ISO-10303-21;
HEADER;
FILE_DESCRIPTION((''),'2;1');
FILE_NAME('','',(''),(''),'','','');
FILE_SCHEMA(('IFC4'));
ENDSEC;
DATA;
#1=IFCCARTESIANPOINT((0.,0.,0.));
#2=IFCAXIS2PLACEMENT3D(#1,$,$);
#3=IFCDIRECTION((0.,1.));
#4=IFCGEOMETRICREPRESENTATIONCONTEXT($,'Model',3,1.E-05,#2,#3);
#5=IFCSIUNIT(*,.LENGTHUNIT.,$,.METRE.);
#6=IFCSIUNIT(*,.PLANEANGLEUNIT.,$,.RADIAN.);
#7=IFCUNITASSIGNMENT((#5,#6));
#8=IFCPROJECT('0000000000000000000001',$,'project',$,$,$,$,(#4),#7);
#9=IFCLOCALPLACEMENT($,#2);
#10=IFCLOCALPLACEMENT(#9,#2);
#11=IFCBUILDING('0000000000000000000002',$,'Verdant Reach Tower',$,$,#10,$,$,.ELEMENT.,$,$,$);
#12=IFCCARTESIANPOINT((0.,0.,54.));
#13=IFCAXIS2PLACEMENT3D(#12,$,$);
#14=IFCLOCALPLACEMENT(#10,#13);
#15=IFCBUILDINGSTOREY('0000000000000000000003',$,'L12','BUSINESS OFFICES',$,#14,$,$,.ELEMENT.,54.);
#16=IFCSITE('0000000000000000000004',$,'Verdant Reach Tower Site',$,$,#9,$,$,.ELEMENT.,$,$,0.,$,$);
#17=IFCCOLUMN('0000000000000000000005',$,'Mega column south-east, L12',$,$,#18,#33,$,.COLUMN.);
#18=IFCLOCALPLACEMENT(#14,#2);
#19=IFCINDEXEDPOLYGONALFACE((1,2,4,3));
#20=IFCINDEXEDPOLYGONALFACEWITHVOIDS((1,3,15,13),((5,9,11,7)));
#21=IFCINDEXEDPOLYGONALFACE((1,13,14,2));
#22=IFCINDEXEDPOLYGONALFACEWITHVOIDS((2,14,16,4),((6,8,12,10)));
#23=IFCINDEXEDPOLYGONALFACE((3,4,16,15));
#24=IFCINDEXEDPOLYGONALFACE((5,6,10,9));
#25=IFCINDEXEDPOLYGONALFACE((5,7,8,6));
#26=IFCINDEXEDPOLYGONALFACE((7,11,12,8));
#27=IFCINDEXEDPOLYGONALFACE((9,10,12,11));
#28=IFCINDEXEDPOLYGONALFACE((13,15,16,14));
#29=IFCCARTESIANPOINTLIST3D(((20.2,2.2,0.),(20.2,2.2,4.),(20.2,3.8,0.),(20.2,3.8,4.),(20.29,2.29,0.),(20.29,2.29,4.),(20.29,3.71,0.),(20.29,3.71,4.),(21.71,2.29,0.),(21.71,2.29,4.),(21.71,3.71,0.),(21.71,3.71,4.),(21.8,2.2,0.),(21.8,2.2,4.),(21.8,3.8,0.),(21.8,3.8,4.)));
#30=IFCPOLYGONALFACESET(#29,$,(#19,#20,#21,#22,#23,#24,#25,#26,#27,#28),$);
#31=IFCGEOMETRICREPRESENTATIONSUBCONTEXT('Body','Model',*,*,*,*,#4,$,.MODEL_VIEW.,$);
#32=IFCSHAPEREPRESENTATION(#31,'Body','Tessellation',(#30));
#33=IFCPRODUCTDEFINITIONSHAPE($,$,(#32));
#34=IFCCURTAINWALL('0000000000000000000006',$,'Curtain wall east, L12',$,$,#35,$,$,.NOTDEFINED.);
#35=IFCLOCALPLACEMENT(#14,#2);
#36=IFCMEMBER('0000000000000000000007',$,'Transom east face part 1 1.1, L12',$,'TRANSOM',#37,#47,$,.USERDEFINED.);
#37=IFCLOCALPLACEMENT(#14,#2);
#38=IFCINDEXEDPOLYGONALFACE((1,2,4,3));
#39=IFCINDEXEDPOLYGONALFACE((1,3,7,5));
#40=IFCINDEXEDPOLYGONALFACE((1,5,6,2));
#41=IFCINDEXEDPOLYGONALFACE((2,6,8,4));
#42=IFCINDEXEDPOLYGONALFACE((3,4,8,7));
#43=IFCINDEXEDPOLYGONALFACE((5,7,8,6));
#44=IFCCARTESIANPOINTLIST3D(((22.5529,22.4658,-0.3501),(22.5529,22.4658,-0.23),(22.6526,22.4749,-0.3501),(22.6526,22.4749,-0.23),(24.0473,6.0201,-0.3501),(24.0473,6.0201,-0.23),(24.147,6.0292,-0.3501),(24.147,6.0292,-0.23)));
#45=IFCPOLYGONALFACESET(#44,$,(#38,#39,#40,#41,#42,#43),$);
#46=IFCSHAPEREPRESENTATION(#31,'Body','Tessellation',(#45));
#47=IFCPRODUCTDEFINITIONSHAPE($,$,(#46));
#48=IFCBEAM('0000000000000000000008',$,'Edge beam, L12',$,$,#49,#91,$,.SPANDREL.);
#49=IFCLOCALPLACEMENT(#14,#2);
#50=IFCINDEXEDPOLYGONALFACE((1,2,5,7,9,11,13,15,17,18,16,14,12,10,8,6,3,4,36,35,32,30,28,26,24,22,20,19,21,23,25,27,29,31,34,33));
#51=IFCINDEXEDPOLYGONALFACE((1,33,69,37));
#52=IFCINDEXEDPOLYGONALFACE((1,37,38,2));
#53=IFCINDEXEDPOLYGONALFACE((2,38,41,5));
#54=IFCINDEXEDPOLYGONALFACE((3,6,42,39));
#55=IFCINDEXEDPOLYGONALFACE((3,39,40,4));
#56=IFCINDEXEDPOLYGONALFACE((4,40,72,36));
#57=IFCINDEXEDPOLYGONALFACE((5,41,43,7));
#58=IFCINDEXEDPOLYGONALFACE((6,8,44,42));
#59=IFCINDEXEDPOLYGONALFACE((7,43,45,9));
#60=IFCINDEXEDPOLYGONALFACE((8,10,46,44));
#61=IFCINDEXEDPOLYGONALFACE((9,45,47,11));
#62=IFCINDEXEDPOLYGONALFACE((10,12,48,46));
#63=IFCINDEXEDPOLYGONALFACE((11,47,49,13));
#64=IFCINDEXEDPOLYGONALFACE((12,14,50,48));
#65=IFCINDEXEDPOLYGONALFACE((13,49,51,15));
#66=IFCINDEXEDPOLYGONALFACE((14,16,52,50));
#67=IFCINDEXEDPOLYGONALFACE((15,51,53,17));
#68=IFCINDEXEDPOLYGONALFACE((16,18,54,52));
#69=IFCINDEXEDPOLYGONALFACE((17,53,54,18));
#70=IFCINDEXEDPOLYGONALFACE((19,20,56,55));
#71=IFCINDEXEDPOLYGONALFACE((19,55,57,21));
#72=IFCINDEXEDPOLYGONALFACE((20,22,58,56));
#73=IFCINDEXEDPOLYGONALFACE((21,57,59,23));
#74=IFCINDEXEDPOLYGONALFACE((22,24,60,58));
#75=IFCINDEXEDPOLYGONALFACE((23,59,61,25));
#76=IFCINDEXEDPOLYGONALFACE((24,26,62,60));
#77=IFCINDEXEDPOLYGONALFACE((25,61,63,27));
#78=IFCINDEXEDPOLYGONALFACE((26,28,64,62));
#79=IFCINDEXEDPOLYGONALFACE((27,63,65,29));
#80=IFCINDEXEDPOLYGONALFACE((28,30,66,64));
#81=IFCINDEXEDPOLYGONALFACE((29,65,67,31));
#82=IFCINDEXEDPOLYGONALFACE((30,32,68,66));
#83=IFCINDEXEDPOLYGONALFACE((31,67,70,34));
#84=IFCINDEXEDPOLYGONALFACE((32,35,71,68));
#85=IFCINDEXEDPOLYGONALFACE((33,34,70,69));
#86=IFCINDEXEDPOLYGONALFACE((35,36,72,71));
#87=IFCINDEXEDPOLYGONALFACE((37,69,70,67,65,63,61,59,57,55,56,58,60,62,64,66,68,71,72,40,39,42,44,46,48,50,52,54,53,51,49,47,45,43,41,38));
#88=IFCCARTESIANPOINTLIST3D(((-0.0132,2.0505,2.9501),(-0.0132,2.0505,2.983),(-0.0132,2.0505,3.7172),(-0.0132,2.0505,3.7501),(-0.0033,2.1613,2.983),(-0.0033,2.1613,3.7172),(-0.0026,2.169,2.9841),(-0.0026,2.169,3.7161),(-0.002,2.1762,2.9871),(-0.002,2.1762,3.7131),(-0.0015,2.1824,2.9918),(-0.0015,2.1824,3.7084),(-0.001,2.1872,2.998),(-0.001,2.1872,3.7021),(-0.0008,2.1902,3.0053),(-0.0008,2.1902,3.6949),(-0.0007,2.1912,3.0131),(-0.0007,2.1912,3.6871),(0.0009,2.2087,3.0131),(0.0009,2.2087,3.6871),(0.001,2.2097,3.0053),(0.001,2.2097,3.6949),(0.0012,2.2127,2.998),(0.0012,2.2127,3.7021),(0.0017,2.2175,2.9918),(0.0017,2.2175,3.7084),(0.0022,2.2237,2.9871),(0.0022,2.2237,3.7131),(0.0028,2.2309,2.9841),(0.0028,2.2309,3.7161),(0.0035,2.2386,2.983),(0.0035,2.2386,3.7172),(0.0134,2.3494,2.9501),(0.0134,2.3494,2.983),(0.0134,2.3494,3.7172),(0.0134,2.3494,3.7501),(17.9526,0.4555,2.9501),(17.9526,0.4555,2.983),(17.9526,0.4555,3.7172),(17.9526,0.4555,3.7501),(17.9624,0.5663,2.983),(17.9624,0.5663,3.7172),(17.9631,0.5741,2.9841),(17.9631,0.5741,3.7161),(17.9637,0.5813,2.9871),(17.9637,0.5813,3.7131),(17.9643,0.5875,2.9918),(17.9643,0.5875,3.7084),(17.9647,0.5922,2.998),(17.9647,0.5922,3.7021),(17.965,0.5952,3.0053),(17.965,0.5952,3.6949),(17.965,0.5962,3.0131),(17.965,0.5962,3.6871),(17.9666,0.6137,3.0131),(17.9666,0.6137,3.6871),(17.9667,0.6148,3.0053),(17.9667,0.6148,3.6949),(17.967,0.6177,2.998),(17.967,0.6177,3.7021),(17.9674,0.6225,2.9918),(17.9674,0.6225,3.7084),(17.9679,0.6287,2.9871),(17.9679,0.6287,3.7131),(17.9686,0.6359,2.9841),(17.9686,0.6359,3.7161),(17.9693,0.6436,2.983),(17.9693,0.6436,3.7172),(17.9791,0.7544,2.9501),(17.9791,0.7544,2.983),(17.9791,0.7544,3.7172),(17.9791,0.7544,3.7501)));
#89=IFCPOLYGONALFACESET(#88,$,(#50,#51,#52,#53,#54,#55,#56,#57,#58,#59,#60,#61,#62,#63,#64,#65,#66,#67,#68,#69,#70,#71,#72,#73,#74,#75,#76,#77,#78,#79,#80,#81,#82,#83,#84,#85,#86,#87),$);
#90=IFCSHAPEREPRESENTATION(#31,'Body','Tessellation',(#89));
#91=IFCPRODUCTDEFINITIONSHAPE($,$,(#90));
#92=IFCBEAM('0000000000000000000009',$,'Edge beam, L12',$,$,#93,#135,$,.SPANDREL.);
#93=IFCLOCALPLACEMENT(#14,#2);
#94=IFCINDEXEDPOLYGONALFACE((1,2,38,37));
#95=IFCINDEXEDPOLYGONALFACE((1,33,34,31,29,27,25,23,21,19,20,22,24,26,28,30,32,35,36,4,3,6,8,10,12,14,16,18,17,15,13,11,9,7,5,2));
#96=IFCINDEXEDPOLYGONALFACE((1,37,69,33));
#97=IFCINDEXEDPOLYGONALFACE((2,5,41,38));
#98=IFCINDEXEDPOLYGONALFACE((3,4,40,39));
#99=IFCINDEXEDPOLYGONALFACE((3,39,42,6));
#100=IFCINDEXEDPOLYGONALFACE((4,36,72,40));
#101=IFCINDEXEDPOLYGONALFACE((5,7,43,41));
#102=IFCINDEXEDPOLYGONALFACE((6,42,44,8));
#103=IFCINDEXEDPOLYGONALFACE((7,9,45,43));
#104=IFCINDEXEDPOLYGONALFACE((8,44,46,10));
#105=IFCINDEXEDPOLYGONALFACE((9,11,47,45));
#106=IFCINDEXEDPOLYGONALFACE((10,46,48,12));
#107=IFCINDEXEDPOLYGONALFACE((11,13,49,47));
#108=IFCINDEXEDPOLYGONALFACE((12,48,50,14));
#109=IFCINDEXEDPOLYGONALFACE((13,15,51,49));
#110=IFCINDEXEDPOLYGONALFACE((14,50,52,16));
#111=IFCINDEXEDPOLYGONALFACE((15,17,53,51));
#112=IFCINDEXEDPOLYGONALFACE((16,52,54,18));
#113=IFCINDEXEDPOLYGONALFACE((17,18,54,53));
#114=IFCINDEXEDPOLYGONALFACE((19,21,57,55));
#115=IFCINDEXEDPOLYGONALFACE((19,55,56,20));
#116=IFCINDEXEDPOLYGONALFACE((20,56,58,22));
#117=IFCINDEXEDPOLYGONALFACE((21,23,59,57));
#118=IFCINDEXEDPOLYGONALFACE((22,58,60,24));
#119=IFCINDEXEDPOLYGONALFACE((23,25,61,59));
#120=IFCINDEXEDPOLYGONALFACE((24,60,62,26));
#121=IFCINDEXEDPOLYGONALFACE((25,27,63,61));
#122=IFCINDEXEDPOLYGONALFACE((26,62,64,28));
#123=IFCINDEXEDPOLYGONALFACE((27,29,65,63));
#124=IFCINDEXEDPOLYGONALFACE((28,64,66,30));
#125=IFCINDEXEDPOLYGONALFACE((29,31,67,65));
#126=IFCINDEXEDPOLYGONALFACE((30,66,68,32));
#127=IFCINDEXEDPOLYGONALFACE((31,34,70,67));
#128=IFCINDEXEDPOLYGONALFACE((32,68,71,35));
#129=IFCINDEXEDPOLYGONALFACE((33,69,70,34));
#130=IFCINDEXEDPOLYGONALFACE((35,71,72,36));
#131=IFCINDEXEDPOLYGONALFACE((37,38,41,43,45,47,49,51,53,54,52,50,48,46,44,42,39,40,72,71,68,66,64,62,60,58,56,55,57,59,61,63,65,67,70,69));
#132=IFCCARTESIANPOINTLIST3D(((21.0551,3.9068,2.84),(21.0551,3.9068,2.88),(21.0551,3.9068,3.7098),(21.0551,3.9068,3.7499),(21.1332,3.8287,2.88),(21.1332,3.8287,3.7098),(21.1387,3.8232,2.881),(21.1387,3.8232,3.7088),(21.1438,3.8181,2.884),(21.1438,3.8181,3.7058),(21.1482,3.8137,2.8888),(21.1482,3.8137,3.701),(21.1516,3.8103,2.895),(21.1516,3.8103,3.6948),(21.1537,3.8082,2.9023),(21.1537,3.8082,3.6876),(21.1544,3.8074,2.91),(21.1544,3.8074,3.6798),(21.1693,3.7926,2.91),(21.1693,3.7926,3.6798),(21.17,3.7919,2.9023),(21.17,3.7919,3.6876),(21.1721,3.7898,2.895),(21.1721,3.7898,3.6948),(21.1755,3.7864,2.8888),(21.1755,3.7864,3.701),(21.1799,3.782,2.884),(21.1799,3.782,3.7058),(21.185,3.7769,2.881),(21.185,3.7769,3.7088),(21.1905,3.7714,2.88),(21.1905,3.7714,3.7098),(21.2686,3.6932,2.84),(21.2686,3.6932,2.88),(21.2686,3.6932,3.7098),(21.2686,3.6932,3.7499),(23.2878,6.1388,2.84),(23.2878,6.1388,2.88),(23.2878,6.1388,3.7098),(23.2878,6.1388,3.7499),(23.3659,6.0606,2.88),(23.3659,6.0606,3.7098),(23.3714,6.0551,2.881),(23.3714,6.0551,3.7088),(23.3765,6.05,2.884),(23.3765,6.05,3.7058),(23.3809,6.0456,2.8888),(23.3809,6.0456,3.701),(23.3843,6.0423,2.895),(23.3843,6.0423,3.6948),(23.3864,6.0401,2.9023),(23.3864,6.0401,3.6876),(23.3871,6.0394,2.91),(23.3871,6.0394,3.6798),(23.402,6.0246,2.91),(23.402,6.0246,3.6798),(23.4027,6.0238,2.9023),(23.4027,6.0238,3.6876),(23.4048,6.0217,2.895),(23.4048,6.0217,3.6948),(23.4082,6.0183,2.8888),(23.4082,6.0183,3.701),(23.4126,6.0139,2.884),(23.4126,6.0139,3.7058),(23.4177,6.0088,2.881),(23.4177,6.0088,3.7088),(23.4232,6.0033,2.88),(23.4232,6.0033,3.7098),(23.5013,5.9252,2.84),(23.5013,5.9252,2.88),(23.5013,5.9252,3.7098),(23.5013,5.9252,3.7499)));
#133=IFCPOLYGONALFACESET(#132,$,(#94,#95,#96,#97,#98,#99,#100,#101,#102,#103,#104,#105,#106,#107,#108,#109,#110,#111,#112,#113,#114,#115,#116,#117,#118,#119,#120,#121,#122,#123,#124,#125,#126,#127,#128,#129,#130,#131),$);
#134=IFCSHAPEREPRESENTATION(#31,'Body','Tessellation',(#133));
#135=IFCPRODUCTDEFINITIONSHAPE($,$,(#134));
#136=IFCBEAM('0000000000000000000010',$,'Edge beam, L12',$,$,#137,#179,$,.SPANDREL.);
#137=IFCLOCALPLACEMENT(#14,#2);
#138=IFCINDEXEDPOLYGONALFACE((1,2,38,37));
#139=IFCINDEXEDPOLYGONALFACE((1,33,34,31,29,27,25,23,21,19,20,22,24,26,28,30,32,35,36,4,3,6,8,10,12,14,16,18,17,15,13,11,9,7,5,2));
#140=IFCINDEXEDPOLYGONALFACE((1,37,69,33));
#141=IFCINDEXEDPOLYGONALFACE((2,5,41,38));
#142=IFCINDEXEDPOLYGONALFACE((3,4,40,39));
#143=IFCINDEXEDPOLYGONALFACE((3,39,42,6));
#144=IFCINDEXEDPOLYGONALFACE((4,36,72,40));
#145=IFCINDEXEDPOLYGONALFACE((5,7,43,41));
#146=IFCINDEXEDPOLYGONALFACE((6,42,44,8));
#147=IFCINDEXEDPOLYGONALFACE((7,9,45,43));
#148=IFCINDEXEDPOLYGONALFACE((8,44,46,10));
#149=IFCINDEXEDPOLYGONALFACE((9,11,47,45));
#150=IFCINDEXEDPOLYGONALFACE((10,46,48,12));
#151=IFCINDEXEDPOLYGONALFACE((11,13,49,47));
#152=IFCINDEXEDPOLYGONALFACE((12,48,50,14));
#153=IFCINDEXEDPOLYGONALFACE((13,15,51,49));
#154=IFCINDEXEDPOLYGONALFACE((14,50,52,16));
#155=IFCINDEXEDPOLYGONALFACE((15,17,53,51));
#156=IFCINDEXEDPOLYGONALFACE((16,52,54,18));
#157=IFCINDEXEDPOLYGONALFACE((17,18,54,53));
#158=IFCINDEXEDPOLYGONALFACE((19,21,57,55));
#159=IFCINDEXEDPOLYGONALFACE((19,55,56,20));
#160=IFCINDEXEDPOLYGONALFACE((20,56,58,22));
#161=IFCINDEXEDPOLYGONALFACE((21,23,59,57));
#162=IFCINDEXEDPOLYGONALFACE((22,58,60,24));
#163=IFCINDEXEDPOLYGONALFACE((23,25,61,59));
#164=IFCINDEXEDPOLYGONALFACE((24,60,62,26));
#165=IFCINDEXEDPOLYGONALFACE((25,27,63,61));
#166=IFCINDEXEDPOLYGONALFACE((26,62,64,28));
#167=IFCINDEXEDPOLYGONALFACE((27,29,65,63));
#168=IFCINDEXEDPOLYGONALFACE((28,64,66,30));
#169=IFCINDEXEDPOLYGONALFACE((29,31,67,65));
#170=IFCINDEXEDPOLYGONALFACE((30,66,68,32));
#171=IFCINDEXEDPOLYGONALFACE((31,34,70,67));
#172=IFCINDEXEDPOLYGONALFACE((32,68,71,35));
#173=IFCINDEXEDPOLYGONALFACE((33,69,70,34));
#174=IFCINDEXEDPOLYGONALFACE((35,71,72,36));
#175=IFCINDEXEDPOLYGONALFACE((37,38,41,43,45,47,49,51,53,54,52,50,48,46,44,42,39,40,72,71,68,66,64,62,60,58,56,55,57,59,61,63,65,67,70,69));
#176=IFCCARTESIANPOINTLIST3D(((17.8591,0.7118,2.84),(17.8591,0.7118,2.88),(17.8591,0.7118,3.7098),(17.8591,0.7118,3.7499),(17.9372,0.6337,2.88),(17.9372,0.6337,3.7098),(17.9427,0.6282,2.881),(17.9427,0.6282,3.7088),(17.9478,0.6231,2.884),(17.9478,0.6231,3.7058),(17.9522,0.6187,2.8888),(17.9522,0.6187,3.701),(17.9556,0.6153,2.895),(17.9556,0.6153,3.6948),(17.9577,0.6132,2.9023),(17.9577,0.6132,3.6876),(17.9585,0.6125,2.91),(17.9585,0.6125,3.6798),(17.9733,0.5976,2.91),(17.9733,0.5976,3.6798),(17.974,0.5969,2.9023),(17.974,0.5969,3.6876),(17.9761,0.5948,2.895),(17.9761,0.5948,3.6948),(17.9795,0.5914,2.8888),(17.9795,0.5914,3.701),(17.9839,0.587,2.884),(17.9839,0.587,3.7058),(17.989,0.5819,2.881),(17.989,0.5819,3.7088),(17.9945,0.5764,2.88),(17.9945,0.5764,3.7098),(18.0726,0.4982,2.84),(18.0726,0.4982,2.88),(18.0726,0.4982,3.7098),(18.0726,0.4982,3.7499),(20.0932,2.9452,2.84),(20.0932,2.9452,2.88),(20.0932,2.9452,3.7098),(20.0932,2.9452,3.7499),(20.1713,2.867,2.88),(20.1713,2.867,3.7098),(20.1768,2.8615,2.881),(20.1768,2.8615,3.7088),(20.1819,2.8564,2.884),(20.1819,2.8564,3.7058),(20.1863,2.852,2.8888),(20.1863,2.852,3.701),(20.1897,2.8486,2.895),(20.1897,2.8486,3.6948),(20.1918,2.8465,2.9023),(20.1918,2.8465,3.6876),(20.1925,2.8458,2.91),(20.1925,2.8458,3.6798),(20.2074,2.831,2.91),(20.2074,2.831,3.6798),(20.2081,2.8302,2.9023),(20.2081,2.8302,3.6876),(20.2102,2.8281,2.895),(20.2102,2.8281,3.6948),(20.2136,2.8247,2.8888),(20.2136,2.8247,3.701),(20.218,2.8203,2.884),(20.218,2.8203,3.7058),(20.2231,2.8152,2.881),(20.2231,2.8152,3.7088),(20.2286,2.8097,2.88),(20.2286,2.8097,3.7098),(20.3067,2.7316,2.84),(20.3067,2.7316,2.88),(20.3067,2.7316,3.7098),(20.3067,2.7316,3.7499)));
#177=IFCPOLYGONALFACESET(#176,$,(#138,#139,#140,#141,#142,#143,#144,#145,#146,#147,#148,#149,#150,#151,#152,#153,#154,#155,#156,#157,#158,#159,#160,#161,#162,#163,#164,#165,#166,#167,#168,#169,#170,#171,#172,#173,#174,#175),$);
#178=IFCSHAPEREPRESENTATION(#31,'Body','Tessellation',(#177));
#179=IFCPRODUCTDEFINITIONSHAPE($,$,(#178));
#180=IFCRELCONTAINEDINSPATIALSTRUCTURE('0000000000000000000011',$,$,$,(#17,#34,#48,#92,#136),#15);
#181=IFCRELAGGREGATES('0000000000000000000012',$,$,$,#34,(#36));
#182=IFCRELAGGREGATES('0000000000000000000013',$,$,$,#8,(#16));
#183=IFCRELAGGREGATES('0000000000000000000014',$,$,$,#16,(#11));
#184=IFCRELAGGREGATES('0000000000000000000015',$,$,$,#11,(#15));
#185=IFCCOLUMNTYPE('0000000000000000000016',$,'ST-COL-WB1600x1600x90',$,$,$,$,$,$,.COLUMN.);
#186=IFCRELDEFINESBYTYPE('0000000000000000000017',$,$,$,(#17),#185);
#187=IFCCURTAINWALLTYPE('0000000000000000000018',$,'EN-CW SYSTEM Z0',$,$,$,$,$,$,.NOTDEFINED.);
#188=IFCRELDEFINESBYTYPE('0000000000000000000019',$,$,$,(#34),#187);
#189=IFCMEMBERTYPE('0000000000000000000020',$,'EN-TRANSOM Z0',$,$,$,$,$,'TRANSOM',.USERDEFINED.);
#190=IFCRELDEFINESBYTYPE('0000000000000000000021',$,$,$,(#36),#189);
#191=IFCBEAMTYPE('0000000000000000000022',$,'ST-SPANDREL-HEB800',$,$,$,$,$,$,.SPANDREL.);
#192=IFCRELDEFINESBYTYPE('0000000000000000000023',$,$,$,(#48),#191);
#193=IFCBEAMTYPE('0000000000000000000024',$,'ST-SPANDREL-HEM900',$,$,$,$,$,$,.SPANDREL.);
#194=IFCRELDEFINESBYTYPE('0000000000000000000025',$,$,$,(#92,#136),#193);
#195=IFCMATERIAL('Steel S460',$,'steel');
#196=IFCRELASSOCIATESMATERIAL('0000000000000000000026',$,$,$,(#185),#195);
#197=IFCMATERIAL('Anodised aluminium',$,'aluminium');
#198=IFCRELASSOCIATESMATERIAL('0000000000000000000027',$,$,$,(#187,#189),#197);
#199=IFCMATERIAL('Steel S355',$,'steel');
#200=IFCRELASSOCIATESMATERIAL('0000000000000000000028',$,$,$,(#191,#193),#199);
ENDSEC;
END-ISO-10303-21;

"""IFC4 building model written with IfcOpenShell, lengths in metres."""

from ifc_helpers import new_model, si_unit, direction, frame, origin, origin_2d, place, context, subcontext, project, spatial, rectangle, hollow_rectangle, i_section, extrude, material, material_profile, profile_set, type_object, element, aggregate, save


model = new_model("IFC4")

# Units and contexts
model_context = context("Model", 3, precision=1e-05, world=origin(), true_north=direction((0.0, 1.0)))
body_context = subcontext(model_context, "Body", "Model", "MODEL_VIEW")
ifc_project = project(units=[si_unit("LENGTHUNIT", "METRE"), si_unit("PLANEANGLEUNIT", "RADIAN")], contexts=[model_context])

# Site, building, storey
site_placement = place(None, origin())
site = spatial("IfcSite", under=ifc_project, at=site_placement, Name="Verdant Reach Tower Site", CompositionType="ELEMENT", RefElevation=0.0)
building_placement = place(site_placement, origin())
building = spatial("IfcBuilding", under=site, at=building_placement, Name="Verdant Reach Tower", CompositionType="ELEMENT")
storey_placement = place(building_placement, frame((0.0, 0.0, 54.0)))
storey = spatial("IfcBuildingStorey", under=building, at=storey_placement, Name="L12", Description="BUSINESS OFFICES", CompositionType="ELEMENT", Elevation=54.0)

# Column
ifc_material_1 = material(Name="Steel S460", Category="steel")
ifc_material_profile_1 = material_profile(ifc_material_1, hollow_rectangle(XDim=1.6001, YDim=1.6001, WallThickness=0.0901, at=origin_2d()), Name="WB 1600x1600x90")
ifc_profile_set_1 = profile_set([ifc_material_profile_1], Name="Steel S460")
column_type = type_object("IfcColumnType", Name="ST-COL-WB1600x1600x90", PredefinedType="COLUMN", material=ifc_profile_set_1)
column_placement = place(storey_placement, frame((21.0, 3.0, 0.0), z_axis=(0.0, 0.0, 1.0), x_axis=(1.0, 0.0, 0.0)))
element("IfcColumn", 1, at=column_placement, inside=storey, type_object=column_type, Name="Mega column south-east, L12", PredefinedType="COLUMN", context=body_context, shape_type="SweptSolid", body=[
    extrude(hollow_rectangle(XDim=1.6001, YDim=1.6001, WallThickness=0.0901, at=origin_2d()), origin(), (0.0, 0.0, 1.0), 4.0),
])

# Curtain wall, member
ifc_material_2 = material(Name="Anodised aluminium", Category="aluminium")
curtain_wall_type = type_object("IfcCurtainWallType", Name="EN-CW SYSTEM Z0", PredefinedType="NOTDEFINED", material=ifc_material_2)
curtain_wall_1_placement = place(storey_placement, origin())
curtain_wall_1 = element("IfcCurtainWall", 2, at=curtain_wall_1_placement, inside=storey, type_object=curtain_wall_type, Name="Curtain wall east, L12", PredefinedType="NOTDEFINED")
ifc_material_profile_2 = material_profile(ifc_material_2, rectangle(XDim=0.1001, YDim=0.1201, at=origin_2d()), Name="Transom 120x100")
ifc_profile_set_2 = profile_set([ifc_material_profile_2], Name="Anodised aluminium")
member_type = type_object("IfcMemberType", Name="EN-TRANSOM Z0", ElementType="TRANSOM", PredefinedType="USERDEFINED", material=ifc_profile_set_2)
member_placement = place(storey_placement, frame((24.0972, 6.0247, -0.29), z_axis=(-0.090496, 0.995897, 0.0), x_axis=(-0.995897, -0.090496, 0.0)))
member = element("IfcMember", 3, at=member_placement, type_object=member_type, Name="Transom east face part 1 1.1, L12", ObjectType="TRANSOM", PredefinedType="USERDEFINED", context=body_context, shape_type="SweptSolid", body=[
    extrude(rectangle(XDim=0.1001, YDim=0.1201, at=origin_2d()), origin(), (0.0, 0.0, 1.0), 16.5134),
])

# Beams
ifc_material_3 = material(Name="Steel S355", Category="steel")
ifc_material_profile_3 = material_profile(ifc_material_3, i_section(OverallWidth=0.3, OverallDepth=0.8, WebThickness=0.0176, FlangeThickness=0.033, FilletRadius=0.03, at=origin_2d()), Name="HEB 800")
ifc_profile_set_3 = profile_set([ifc_material_profile_3], Name="Steel S355")
beam_type_1 = type_object("IfcBeamType", Name="ST-SPANDREL-HEB800", PredefinedType="SPANDREL", material=ifc_profile_set_3)
beam_1_placement = place(storey_placement, frame((17.9658, 0.605, 3.3501), z_axis=(-0.996082, 0.08843, 0.0), x_axis=(-0.08843, -0.996082, 0.0)))
element("IfcBeam", 4, at=beam_1_placement, inside=storey, type_object=beam_type_1, Name="Edge beam, L12", PredefinedType="SPANDREL", context=body_context, shape_type="SweptSolid", body=[
    extrude(i_section(OverallWidth=0.3, OverallDepth=0.8, WebThickness=0.0176, FlangeThickness=0.033, FilletRadius=0.03, at=origin_2d()), origin(), (0.0, 0.0, 1.0), 18.0364),
])
ifc_material_profile_4 = material_profile(ifc_material_3, i_section(OverallWidth=0.302, OverallDepth=0.9099, WebThickness=0.021, FlangeThickness=0.04, FilletRadius=0.03, at=origin_2d()), Name="HEM 900")
ifc_profile_set_4 = profile_set([ifc_material_profile_4], Name="Steel S355")
beam_type_2 = type_object("IfcBeamType", Name="ST-SPANDREL-HEM900", PredefinedType="SPANDREL", material=ifc_profile_set_4)
beam_2_placement = place(storey_placement, frame((23.3945, 6.032, 3.2949), z_axis=(-0.707223, -0.706991, 0.0), x_axis=(0.706991, -0.707223, 0.0)))
element("IfcBeam", 5, at=beam_2_placement, inside=storey, type_object=beam_type_2, Name="Edge beam, L12", PredefinedType="SPANDREL", context=body_context, shape_type="SweptSolid", body=[
    extrude(i_section(OverallWidth=0.302, OverallDepth=0.9099, WebThickness=0.021, FlangeThickness=0.04, FilletRadius=0.03, at=origin_2d()), origin(), (0.0, 0.0, 1.0), 3.157),
])
beam_3_placement = place(storey_placement, frame((20.2, 2.8384, 3.2949), z_axis=(-0.707223, -0.706991, 0.0), x_axis=(0.706991, -0.707223, 0.0)))
element("IfcBeam", 6, at=beam_3_placement, inside=storey, type_object=beam_type_2, Name="Edge beam, L12", PredefinedType="SPANDREL", context=body_context, shape_type="SweptSolid", body=[
    extrude(i_section(OverallWidth=0.302, OverallDepth=0.9099, WebThickness=0.021, FlangeThickness=0.04, FilletRadius=0.03, at=origin_2d()), origin(), (0.0, 0.0, 1.0), 3.1589),
])

aggregate(curtain_wall_1, [member])

save(model, "model.ifc")
